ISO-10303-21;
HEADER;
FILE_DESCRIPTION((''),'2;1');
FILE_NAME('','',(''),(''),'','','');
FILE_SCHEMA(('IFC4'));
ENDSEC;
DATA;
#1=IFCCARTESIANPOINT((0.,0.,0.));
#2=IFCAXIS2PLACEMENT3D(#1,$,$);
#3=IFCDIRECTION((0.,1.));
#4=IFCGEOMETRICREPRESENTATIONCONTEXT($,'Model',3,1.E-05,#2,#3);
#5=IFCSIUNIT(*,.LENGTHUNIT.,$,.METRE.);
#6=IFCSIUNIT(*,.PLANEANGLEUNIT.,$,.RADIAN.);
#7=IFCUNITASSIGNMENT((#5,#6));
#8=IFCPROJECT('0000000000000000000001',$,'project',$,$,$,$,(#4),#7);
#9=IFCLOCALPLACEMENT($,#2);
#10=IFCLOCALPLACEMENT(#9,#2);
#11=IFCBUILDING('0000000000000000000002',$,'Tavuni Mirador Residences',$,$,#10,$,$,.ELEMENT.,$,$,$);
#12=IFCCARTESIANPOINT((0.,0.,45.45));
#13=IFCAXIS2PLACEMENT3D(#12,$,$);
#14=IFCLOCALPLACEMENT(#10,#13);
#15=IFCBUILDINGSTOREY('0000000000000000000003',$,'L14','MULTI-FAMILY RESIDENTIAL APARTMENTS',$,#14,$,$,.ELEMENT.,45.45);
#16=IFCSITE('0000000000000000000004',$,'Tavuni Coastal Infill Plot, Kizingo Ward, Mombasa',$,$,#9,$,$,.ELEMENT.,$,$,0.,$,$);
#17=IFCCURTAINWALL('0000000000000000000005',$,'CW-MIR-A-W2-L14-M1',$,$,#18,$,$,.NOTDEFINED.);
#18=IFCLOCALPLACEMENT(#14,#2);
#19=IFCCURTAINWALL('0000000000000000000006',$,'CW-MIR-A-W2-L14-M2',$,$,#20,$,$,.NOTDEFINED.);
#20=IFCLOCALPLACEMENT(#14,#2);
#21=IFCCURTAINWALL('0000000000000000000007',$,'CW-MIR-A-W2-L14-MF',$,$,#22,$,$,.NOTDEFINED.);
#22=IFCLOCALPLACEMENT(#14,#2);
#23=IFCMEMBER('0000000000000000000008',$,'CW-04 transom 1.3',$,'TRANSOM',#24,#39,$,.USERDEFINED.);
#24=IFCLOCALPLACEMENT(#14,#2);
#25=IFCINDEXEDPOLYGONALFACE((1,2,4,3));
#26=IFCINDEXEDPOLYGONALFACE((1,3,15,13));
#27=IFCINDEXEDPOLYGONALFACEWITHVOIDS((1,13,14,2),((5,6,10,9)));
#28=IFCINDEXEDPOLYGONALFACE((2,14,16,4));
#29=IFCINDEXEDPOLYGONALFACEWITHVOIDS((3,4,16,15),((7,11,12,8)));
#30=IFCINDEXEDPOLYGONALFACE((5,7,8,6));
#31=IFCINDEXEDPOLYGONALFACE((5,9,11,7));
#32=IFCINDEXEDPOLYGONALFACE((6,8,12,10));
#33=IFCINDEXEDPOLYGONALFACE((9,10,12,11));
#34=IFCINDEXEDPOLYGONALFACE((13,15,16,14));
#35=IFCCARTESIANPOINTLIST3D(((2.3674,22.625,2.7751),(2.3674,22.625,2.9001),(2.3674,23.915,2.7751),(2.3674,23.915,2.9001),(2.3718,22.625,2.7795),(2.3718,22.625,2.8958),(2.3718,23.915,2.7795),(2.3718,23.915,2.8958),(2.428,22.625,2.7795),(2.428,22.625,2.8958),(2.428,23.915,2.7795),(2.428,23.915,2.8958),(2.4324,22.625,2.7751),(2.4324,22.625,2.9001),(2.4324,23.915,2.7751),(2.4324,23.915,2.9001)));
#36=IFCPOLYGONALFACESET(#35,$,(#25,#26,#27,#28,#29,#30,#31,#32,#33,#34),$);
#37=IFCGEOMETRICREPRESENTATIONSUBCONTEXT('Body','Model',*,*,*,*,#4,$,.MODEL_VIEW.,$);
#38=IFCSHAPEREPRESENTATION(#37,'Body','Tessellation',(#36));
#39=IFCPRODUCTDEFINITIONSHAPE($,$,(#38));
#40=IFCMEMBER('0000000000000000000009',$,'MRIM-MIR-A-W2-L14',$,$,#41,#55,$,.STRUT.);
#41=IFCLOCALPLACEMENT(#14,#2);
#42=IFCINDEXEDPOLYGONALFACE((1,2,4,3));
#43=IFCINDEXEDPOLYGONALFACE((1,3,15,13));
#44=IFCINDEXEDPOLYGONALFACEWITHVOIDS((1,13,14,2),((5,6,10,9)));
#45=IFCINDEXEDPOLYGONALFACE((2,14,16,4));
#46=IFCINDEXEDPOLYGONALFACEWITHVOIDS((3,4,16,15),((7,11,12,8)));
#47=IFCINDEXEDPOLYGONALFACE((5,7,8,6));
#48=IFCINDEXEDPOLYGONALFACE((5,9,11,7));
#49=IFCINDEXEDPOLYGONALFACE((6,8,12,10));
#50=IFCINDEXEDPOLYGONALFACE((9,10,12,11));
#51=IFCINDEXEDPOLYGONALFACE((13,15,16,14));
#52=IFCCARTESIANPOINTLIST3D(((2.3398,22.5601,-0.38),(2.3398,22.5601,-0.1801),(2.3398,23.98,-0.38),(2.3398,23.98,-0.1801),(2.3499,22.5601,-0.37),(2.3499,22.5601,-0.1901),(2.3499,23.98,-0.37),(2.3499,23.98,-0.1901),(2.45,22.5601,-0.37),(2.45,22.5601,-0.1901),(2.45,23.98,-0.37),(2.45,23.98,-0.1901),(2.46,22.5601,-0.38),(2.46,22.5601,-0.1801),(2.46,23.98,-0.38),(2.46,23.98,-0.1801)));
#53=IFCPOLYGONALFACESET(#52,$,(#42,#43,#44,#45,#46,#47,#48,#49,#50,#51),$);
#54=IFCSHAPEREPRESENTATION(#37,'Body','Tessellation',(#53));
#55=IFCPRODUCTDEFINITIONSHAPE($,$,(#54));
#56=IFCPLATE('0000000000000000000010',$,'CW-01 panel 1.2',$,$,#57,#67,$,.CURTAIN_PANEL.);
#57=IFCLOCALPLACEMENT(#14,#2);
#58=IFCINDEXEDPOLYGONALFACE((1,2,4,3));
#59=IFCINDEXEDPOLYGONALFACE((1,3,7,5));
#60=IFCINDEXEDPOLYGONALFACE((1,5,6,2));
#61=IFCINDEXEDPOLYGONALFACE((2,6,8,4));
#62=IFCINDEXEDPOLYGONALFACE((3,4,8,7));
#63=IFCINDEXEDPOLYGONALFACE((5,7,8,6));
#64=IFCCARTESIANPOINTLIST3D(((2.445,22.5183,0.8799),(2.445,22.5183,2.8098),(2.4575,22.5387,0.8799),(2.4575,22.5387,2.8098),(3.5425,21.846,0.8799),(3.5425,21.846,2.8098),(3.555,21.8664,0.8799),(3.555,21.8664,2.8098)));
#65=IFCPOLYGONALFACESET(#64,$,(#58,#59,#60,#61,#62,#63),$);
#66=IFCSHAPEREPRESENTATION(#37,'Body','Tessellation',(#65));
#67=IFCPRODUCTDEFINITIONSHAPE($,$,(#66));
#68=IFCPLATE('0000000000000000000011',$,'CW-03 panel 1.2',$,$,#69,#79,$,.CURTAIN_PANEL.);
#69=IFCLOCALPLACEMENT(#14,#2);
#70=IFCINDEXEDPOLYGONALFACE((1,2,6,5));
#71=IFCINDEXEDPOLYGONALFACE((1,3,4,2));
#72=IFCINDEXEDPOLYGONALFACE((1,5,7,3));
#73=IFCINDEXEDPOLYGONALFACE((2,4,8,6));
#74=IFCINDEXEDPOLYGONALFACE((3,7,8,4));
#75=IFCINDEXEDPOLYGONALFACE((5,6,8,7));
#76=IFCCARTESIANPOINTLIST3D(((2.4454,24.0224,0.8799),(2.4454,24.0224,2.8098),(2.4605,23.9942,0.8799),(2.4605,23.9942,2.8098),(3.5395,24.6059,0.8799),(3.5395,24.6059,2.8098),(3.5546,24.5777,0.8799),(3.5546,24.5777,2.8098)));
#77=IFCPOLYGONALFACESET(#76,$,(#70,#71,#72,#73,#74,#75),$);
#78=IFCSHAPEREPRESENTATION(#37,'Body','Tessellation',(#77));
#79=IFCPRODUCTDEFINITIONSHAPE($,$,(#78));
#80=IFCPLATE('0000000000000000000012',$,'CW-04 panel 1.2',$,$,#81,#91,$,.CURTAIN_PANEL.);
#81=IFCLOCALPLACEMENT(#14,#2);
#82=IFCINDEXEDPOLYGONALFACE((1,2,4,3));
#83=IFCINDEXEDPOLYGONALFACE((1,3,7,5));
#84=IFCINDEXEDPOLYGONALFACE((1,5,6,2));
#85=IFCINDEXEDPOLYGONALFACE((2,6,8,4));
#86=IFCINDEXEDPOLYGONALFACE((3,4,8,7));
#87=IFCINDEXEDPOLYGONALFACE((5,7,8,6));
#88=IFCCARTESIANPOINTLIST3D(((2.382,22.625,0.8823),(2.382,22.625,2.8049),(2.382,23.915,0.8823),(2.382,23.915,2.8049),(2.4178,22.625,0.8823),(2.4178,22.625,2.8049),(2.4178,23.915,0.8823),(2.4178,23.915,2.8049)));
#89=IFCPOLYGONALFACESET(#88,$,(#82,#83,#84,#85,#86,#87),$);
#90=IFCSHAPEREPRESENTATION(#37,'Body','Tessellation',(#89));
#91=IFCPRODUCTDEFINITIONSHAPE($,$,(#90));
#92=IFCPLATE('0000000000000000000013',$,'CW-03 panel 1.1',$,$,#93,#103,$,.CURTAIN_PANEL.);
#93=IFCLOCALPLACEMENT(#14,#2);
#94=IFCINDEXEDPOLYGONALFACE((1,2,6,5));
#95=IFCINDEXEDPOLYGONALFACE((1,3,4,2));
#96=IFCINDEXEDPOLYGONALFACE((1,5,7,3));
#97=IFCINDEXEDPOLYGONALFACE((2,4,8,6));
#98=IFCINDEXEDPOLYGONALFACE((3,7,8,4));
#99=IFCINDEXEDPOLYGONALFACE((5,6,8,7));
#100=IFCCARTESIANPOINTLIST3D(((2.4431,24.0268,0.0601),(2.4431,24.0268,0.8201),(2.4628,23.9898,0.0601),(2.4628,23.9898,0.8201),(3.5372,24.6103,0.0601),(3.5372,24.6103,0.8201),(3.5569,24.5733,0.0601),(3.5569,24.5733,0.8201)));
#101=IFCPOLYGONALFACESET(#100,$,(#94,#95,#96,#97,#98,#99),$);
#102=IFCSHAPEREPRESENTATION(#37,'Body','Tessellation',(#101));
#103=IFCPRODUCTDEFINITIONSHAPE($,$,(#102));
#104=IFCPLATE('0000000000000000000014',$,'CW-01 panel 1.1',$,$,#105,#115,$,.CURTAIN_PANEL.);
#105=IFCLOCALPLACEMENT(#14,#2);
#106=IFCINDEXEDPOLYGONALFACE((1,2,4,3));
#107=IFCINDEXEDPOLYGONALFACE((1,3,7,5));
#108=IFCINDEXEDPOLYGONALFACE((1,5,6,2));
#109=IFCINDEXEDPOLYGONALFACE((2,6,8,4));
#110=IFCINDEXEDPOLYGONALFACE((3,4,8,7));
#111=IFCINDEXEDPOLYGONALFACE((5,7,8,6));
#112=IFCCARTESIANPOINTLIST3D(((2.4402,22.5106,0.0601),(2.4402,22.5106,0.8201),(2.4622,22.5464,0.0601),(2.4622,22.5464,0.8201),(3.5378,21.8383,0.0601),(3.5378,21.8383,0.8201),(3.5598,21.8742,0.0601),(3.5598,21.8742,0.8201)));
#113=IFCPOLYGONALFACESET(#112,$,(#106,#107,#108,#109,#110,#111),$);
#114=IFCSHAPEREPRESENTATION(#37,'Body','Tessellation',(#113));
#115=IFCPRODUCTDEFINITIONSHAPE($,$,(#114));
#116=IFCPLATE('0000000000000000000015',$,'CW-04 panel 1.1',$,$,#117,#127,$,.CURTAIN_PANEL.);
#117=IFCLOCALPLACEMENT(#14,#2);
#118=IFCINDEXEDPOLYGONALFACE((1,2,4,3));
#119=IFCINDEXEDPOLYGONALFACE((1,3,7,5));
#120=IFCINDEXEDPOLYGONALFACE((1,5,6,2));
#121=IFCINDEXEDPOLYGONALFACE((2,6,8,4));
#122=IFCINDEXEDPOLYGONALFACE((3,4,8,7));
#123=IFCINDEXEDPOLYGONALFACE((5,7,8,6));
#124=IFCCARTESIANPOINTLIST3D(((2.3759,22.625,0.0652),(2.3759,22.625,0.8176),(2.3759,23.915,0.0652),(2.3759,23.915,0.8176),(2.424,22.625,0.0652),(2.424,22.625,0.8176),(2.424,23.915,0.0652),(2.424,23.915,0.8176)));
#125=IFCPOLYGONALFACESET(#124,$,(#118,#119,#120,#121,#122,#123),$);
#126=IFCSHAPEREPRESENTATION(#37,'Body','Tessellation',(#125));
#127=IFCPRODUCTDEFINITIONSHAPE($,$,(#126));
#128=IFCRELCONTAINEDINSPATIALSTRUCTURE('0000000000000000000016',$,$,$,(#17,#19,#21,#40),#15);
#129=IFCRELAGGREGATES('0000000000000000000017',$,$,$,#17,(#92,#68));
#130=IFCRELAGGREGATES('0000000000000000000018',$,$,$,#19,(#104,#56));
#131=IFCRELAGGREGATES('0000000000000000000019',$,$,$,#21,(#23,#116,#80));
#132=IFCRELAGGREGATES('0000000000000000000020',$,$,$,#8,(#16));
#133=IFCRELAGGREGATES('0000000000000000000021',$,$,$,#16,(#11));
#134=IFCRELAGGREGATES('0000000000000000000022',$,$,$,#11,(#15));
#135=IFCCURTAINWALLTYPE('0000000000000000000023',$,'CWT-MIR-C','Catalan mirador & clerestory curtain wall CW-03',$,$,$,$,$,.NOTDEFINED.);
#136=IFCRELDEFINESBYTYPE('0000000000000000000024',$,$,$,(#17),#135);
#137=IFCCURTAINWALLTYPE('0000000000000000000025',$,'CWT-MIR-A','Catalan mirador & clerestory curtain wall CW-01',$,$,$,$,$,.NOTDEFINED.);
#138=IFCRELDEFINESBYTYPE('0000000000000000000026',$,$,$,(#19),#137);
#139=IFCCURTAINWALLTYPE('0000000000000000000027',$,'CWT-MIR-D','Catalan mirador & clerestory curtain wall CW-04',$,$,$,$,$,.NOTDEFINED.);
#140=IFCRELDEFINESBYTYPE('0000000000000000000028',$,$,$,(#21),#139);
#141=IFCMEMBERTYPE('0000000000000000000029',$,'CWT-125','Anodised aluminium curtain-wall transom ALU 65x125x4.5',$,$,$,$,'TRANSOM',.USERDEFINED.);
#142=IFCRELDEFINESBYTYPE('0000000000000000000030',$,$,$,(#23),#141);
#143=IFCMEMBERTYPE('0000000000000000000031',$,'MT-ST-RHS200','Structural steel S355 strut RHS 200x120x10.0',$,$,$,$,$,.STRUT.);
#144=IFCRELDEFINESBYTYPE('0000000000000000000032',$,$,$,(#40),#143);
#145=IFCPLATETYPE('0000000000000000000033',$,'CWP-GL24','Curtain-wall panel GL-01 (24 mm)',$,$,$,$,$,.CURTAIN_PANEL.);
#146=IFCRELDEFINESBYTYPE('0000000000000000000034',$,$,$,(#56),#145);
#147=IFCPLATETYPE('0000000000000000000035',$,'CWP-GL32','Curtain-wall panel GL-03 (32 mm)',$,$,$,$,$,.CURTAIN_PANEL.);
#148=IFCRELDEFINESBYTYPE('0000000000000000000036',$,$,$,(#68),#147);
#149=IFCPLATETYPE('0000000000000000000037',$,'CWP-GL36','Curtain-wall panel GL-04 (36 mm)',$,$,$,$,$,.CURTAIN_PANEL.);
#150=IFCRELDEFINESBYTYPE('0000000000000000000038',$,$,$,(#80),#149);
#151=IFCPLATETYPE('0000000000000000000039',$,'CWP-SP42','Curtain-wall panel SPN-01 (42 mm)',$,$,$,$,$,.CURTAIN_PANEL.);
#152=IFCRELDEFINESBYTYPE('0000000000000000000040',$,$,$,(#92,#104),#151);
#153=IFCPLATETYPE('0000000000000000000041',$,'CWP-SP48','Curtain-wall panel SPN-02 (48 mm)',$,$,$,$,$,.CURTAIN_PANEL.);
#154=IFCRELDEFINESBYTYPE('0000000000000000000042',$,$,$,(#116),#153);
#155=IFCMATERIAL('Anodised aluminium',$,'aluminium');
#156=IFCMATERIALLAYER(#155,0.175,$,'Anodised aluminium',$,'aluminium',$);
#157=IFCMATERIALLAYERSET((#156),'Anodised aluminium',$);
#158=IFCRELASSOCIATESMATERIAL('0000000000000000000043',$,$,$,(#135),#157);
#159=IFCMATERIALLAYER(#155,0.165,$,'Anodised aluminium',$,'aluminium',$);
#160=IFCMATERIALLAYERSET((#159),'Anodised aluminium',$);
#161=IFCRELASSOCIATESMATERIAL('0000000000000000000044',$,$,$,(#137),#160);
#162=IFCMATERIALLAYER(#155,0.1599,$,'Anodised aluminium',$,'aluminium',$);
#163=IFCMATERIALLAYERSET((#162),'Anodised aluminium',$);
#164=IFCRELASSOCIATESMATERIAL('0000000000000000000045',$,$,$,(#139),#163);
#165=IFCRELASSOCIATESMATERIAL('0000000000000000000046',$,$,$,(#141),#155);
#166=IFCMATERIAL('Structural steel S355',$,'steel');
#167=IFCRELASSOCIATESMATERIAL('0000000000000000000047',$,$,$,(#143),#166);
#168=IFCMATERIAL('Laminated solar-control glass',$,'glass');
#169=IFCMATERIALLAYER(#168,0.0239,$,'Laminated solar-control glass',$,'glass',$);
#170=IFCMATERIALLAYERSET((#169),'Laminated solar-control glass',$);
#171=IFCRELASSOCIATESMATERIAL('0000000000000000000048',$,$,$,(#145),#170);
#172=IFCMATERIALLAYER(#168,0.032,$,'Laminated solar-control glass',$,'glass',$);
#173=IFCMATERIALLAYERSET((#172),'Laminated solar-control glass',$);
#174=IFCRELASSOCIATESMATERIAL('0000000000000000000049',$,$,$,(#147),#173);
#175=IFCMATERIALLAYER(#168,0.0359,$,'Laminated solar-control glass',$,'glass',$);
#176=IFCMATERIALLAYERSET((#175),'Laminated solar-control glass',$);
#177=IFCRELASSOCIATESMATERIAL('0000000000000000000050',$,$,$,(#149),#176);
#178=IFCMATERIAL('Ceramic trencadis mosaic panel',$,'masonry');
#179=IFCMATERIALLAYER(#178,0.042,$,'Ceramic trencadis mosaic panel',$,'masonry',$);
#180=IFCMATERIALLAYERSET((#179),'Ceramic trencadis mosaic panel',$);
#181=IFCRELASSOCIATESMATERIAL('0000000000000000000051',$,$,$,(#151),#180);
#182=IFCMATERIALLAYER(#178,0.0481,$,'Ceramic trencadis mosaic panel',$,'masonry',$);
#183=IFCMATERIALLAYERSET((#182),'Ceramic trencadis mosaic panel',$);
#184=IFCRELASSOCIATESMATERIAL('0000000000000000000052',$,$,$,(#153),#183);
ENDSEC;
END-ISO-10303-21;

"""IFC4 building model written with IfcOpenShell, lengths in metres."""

from ifc_helpers import new_model, si_unit, direction, frame, origin, origin_2d, place, context, subcontext, project, spatial, rectangle, hollow_rectangle, extrude, material, layer, layer_set, material_profile, profile_set, type_object, element, aggregate, save


model = new_model("IFC4")

# Units and contexts
model_context = context("Model", 3, precision=1e-05, world=origin(), true_north=direction((0.0, 1.0)))
body_context = subcontext(model_context, "Body", "Model", "MODEL_VIEW")
ifc_project = project(units=[si_unit("LENGTHUNIT", "METRE"), si_unit("PLANEANGLEUNIT", "RADIAN")], contexts=[model_context])

# Site, building, storey
site_placement = place(None, origin())
site = spatial("IfcSite", under=ifc_project, at=site_placement, Name="Tavuni Coastal Infill Plot, Kizingo Ward, Mombasa", CompositionType="ELEMENT", RefElevation=0.0)
building_placement = place(site_placement, origin())
building = spatial("IfcBuilding", under=site, at=building_placement, Name="Tavuni Mirador Residences", CompositionType="ELEMENT")
storey_placement = place(building_placement, frame((0.0, 0.0, 45.45)))
storey = spatial("IfcBuildingStorey", under=building, at=storey_placement, Name="L14", Description="MULTI-FAMILY RESIDENTIAL APARTMENTS", CompositionType="ELEMENT", Elevation=45.45)

# Curtain walls
ifc_material_1 = material(Name="Anodised aluminium", Category="aluminium")
ifc_layer_1 = layer(ifc_material_1, 0.175, Name="Anodised aluminium", Category="aluminium")
ifc_layer_set_1 = layer_set([ifc_layer_1], Name="Anodised aluminium")
curtain_wall_type_1 = type_object("IfcCurtainWallType", Name="CWT-MIR-C", Description="Catalan mirador & clerestory curtain wall CW-03", PredefinedType="NOTDEFINED", material=ifc_layer_set_1)
curtain_wall_1_placement = place(storey_placement, origin())
curtain_wall_1 = element("IfcCurtainWall", 1, at=curtain_wall_1_placement, inside=storey, type_object=curtain_wall_type_1, Name="CW-MIR-A-W2-L14-M1", PredefinedType="NOTDEFINED")
ifc_layer_2 = layer(ifc_material_1, 0.165, Name="Anodised aluminium", Category="aluminium")
ifc_layer_set_2 = layer_set([ifc_layer_2], Name="Anodised aluminium")
curtain_wall_type_2 = type_object("IfcCurtainWallType", Name="CWT-MIR-A", Description="Catalan mirador & clerestory curtain wall CW-01", PredefinedType="NOTDEFINED", material=ifc_layer_set_2)
curtain_wall_2_placement = place(storey_placement, origin())
curtain_wall_2 = element("IfcCurtainWall", 2, at=curtain_wall_2_placement, inside=storey, type_object=curtain_wall_type_2, Name="CW-MIR-A-W2-L14-M2", PredefinedType="NOTDEFINED")

# Curtain wall
ifc_layer_3 = layer(ifc_material_1, 0.1599, Name="Anodised aluminium", Category="aluminium")
ifc_layer_set_3 = layer_set([ifc_layer_3], Name="Anodised aluminium")
curtain_wall_type_3 = type_object("IfcCurtainWallType", Name="CWT-MIR-D", Description="Catalan mirador & clerestory curtain wall CW-04", PredefinedType="NOTDEFINED", material=ifc_layer_set_3)
curtain_wall_3_placement = place(storey_placement, origin())
curtain_wall_3 = element("IfcCurtainWall", 3, at=curtain_wall_3_placement, inside=storey, type_object=curtain_wall_type_3, Name="CW-MIR-A-W2-L14-MF", PredefinedType="NOTDEFINED")

# Members
ifc_material_profile_1 = material_profile(ifc_material_1, hollow_rectangle(XDim=0.0649, YDim=0.125, WallThickness=0.0044, at=origin_2d()), Name="ALU 65x125x4.5", Category="aluminium")
ifc_profile_set_1 = profile_set([ifc_material_profile_1], Name="Anodised aluminium")
member_type_1 = type_object("IfcMemberType", Name="CWT-125", Description="Anodised aluminium curtain-wall transom ALU 65x125x4.5", ElementType="TRANSOM", PredefinedType="USERDEFINED", material=ifc_profile_set_1)
member_1_placement = place(storey_placement, frame((2.3999, 23.915, 2.8376), z_axis=(0.0, -1.0, 0.0), x_axis=(1.0, 0.0, 0.0)))
member_1 = element("IfcMember", 4, at=member_1_placement, type_object=member_type_1, Name="CW-04 transom 1.3", ObjectType="TRANSOM", PredefinedType="USERDEFINED", context=body_context, shape_type="SweptSolid", body=[
    extrude(hollow_rectangle(XDim=0.0649, YDim=0.125, WallThickness=0.0044, at=origin_2d()), origin(), (0.0, 0.0, 1.0), 1.29),
])
ifc_material_2 = material(Name="Structural steel S355", Category="steel")
ifc_material_profile_2 = material_profile(ifc_material_2, hollow_rectangle(XDim=0.1201, YDim=0.2, WallThickness=0.01, at=origin_2d()), Name="RHS 200x120x10.0", Category="steel")
ifc_profile_set_2 = profile_set([ifc_material_profile_2], Name="Structural steel S355")
member_type_2 = type_object("IfcMemberType", Name="MT-ST-RHS200", Description="Structural steel S355 strut RHS 200x120x10.0", PredefinedType="STRUT", material=ifc_profile_set_2)
member_2_placement = place(storey_placement, frame((2.3999, 22.5601, -0.28), z_axis=(0.0, 1.0, 0.0), x_axis=(-1.0, 0.0, 0.0)))
element("IfcMember", 5, at=member_2_placement, inside=storey, type_object=member_type_2, Name="MRIM-MIR-A-W2-L14", PredefinedType="STRUT", context=body_context, shape_type="SweptSolid", body=[
    extrude(hollow_rectangle(XDim=0.1201, YDim=0.2, WallThickness=0.01, at=origin_2d()), origin(), (0.0, 0.0, 1.0), 1.4199),
])

# Plates
ifc_material_3 = material(Name="Laminated solar-control glass", Category="glass")
ifc_layer_4 = layer(ifc_material_3, 0.0239, Name="Laminated solar-control glass", Category="glass")
ifc_layer_set_4 = layer_set([ifc_layer_4], Name="Laminated solar-control glass")
plate_type_1 = type_object("IfcPlateType", Name="CWP-GL24", Description="Curtain-wall panel GL-01 (24 mm)", PredefinedType="CURTAIN_PANEL", material=ifc_layer_set_4)
plate_1_placement = place(storey_placement, frame((3.0, 22.1924, 0.8799), z_axis=(0.0, 0.0, 1.0), x_axis=(0.852754, -0.522312, 0.0)))
plate_1 = element("IfcPlate", 6, at=plate_1_placement, type_object=plate_type_1, Name="CW-01 panel 1.2", PredefinedType="CURTAIN_PANEL", context=body_context, shape_type="SweptSolid", body=[
    extrude(rectangle(XDim=1.2871, YDim=0.0239, at=origin_2d()), origin(), (0.0, 0.0, 1.0), 1.9299),
])
ifc_layer_5 = layer(ifc_material_3, 0.032, Name="Laminated solar-control glass", Category="glass")
ifc_layer_set_5 = layer_set([ifc_layer_5], Name="Laminated solar-control glass")
plate_type_2 = type_object("IfcPlateType", Name="CWP-GL32", Description="Curtain-wall panel GL-03 (32 mm)", PredefinedType="CURTAIN_PANEL", material=ifc_layer_set_5)
plate_2_placement = place(storey_placement, frame((3.0, 24.3, 0.8799), z_axis=(0.0, 0.0, 1.0), x_axis=(-0.882353, -0.470588, 0.0)))
plate_2 = element("IfcPlate", 7, at=plate_2_placement, type_object=plate_type_2, Name="CW-03 panel 1.2", PredefinedType="CURTAIN_PANEL", context=body_context, shape_type="SweptSolid", body=[
    extrude(rectangle(XDim=1.24, YDim=0.032, at=origin_2d()), origin(), (0.0, 0.0, 1.0), 1.9299),
])
ifc_layer_6 = layer(ifc_material_3, 0.0359, Name="Laminated solar-control glass", Category="glass")
ifc_layer_set_6 = layer_set([ifc_layer_6], Name="Laminated solar-control glass")
plate_type_3 = type_object("IfcPlateType", Name="CWP-GL36", Description="Curtain-wall panel GL-04 (36 mm)", PredefinedType="CURTAIN_PANEL", material=ifc_layer_set_6)
plate_3_placement = place(storey_placement, frame((2.3999, 23.27, 0.8823), z_axis=(0.0, 0.0, 1.0), x_axis=(0.0, -1.0, 0.0)))
plate_3 = element("IfcPlate", 8, at=plate_3_placement, type_object=plate_type_3, Name="CW-04 panel 1.2", PredefinedType="CURTAIN_PANEL", context=body_context, shape_type="SweptSolid", body=[
    extrude(rectangle(XDim=1.29, YDim=0.0359, at=origin_2d()), origin(), (0.0, 0.0, 1.0), 1.9226),
])
ifc_material_4 = material(Name="Ceramic trencadis mosaic panel", Category="masonry")
ifc_layer_7 = layer(ifc_material_4, 0.042, Name="Ceramic trencadis mosaic panel", Category="masonry")
ifc_layer_set_7 = layer_set([ifc_layer_7], Name="Ceramic trencadis mosaic panel")
plate_type_4 = type_object("IfcPlateType", Name="CWP-SP42", Description="Curtain-wall panel SPN-01 (42 mm)", PredefinedType="CURTAIN_PANEL", material=ifc_layer_set_7)
plate_4_placement = place(storey_placement, frame((3.0, 24.3, 0.0601), z_axis=(0.0, 0.0, 1.0), x_axis=(-0.882353, -0.470588, 0.0)))
plate_4 = element("IfcPlate", 9, at=plate_4_placement, type_object=plate_type_4, Name="CW-03 panel 1.1", PredefinedType="CURTAIN_PANEL", context=body_context, shape_type="SweptSolid", body=[
    extrude(rectangle(XDim=1.24, YDim=0.042, at=origin_2d()), origin(), (0.0, 0.0, 1.0), 0.76),
])
aggregate(curtain_wall_1, [plate_4, plate_2])
plate_5_placement = place(storey_placement, frame((3.0, 22.1924, 0.0601), z_axis=(0.0, 0.0, 1.0), x_axis=(0.852754, -0.522312, 0.0)))
plate_5 = element("IfcPlate", 10, at=plate_5_placement, type_object=plate_type_4, Name="CW-01 panel 1.1", PredefinedType="CURTAIN_PANEL", context=body_context, shape_type="SweptSolid", body=[
    extrude(rectangle(XDim=1.2871, YDim=0.042, at=origin_2d()), origin(), (0.0, 0.0, 1.0), 0.76),
])
aggregate(curtain_wall_2, [plate_5, plate_1])
ifc_layer_8 = layer(ifc_material_4, 0.0481, Name="Ceramic trencadis mosaic panel", Category="masonry")
ifc_layer_set_8 = layer_set([ifc_layer_8], Name="Ceramic trencadis mosaic panel")
plate_type_5 = type_object("IfcPlateType", Name="CWP-SP48", Description="Curtain-wall panel SPN-02 (48 mm)", PredefinedType="CURTAIN_PANEL", material=ifc_layer_set_8)
plate_6_placement = place(storey_placement, frame((2.3999, 23.27, 0.0652), z_axis=(0.0, 0.0, 1.0), x_axis=(0.0, -1.0, 0.0)))
plate_6 = element("IfcPlate", 11, at=plate_6_placement, type_object=plate_type_5, Name="CW-04 panel 1.1", PredefinedType="CURTAIN_PANEL", context=body_context, shape_type="SweptSolid", body=[
    extrude(rectangle(XDim=1.29, YDim=0.0481, at=origin_2d()), origin(), (0.0, 0.0, 1.0), 0.7524),
])
aggregate(curtain_wall_3, [member_1, plate_6, plate_3])

save(model, "model.ifc")
